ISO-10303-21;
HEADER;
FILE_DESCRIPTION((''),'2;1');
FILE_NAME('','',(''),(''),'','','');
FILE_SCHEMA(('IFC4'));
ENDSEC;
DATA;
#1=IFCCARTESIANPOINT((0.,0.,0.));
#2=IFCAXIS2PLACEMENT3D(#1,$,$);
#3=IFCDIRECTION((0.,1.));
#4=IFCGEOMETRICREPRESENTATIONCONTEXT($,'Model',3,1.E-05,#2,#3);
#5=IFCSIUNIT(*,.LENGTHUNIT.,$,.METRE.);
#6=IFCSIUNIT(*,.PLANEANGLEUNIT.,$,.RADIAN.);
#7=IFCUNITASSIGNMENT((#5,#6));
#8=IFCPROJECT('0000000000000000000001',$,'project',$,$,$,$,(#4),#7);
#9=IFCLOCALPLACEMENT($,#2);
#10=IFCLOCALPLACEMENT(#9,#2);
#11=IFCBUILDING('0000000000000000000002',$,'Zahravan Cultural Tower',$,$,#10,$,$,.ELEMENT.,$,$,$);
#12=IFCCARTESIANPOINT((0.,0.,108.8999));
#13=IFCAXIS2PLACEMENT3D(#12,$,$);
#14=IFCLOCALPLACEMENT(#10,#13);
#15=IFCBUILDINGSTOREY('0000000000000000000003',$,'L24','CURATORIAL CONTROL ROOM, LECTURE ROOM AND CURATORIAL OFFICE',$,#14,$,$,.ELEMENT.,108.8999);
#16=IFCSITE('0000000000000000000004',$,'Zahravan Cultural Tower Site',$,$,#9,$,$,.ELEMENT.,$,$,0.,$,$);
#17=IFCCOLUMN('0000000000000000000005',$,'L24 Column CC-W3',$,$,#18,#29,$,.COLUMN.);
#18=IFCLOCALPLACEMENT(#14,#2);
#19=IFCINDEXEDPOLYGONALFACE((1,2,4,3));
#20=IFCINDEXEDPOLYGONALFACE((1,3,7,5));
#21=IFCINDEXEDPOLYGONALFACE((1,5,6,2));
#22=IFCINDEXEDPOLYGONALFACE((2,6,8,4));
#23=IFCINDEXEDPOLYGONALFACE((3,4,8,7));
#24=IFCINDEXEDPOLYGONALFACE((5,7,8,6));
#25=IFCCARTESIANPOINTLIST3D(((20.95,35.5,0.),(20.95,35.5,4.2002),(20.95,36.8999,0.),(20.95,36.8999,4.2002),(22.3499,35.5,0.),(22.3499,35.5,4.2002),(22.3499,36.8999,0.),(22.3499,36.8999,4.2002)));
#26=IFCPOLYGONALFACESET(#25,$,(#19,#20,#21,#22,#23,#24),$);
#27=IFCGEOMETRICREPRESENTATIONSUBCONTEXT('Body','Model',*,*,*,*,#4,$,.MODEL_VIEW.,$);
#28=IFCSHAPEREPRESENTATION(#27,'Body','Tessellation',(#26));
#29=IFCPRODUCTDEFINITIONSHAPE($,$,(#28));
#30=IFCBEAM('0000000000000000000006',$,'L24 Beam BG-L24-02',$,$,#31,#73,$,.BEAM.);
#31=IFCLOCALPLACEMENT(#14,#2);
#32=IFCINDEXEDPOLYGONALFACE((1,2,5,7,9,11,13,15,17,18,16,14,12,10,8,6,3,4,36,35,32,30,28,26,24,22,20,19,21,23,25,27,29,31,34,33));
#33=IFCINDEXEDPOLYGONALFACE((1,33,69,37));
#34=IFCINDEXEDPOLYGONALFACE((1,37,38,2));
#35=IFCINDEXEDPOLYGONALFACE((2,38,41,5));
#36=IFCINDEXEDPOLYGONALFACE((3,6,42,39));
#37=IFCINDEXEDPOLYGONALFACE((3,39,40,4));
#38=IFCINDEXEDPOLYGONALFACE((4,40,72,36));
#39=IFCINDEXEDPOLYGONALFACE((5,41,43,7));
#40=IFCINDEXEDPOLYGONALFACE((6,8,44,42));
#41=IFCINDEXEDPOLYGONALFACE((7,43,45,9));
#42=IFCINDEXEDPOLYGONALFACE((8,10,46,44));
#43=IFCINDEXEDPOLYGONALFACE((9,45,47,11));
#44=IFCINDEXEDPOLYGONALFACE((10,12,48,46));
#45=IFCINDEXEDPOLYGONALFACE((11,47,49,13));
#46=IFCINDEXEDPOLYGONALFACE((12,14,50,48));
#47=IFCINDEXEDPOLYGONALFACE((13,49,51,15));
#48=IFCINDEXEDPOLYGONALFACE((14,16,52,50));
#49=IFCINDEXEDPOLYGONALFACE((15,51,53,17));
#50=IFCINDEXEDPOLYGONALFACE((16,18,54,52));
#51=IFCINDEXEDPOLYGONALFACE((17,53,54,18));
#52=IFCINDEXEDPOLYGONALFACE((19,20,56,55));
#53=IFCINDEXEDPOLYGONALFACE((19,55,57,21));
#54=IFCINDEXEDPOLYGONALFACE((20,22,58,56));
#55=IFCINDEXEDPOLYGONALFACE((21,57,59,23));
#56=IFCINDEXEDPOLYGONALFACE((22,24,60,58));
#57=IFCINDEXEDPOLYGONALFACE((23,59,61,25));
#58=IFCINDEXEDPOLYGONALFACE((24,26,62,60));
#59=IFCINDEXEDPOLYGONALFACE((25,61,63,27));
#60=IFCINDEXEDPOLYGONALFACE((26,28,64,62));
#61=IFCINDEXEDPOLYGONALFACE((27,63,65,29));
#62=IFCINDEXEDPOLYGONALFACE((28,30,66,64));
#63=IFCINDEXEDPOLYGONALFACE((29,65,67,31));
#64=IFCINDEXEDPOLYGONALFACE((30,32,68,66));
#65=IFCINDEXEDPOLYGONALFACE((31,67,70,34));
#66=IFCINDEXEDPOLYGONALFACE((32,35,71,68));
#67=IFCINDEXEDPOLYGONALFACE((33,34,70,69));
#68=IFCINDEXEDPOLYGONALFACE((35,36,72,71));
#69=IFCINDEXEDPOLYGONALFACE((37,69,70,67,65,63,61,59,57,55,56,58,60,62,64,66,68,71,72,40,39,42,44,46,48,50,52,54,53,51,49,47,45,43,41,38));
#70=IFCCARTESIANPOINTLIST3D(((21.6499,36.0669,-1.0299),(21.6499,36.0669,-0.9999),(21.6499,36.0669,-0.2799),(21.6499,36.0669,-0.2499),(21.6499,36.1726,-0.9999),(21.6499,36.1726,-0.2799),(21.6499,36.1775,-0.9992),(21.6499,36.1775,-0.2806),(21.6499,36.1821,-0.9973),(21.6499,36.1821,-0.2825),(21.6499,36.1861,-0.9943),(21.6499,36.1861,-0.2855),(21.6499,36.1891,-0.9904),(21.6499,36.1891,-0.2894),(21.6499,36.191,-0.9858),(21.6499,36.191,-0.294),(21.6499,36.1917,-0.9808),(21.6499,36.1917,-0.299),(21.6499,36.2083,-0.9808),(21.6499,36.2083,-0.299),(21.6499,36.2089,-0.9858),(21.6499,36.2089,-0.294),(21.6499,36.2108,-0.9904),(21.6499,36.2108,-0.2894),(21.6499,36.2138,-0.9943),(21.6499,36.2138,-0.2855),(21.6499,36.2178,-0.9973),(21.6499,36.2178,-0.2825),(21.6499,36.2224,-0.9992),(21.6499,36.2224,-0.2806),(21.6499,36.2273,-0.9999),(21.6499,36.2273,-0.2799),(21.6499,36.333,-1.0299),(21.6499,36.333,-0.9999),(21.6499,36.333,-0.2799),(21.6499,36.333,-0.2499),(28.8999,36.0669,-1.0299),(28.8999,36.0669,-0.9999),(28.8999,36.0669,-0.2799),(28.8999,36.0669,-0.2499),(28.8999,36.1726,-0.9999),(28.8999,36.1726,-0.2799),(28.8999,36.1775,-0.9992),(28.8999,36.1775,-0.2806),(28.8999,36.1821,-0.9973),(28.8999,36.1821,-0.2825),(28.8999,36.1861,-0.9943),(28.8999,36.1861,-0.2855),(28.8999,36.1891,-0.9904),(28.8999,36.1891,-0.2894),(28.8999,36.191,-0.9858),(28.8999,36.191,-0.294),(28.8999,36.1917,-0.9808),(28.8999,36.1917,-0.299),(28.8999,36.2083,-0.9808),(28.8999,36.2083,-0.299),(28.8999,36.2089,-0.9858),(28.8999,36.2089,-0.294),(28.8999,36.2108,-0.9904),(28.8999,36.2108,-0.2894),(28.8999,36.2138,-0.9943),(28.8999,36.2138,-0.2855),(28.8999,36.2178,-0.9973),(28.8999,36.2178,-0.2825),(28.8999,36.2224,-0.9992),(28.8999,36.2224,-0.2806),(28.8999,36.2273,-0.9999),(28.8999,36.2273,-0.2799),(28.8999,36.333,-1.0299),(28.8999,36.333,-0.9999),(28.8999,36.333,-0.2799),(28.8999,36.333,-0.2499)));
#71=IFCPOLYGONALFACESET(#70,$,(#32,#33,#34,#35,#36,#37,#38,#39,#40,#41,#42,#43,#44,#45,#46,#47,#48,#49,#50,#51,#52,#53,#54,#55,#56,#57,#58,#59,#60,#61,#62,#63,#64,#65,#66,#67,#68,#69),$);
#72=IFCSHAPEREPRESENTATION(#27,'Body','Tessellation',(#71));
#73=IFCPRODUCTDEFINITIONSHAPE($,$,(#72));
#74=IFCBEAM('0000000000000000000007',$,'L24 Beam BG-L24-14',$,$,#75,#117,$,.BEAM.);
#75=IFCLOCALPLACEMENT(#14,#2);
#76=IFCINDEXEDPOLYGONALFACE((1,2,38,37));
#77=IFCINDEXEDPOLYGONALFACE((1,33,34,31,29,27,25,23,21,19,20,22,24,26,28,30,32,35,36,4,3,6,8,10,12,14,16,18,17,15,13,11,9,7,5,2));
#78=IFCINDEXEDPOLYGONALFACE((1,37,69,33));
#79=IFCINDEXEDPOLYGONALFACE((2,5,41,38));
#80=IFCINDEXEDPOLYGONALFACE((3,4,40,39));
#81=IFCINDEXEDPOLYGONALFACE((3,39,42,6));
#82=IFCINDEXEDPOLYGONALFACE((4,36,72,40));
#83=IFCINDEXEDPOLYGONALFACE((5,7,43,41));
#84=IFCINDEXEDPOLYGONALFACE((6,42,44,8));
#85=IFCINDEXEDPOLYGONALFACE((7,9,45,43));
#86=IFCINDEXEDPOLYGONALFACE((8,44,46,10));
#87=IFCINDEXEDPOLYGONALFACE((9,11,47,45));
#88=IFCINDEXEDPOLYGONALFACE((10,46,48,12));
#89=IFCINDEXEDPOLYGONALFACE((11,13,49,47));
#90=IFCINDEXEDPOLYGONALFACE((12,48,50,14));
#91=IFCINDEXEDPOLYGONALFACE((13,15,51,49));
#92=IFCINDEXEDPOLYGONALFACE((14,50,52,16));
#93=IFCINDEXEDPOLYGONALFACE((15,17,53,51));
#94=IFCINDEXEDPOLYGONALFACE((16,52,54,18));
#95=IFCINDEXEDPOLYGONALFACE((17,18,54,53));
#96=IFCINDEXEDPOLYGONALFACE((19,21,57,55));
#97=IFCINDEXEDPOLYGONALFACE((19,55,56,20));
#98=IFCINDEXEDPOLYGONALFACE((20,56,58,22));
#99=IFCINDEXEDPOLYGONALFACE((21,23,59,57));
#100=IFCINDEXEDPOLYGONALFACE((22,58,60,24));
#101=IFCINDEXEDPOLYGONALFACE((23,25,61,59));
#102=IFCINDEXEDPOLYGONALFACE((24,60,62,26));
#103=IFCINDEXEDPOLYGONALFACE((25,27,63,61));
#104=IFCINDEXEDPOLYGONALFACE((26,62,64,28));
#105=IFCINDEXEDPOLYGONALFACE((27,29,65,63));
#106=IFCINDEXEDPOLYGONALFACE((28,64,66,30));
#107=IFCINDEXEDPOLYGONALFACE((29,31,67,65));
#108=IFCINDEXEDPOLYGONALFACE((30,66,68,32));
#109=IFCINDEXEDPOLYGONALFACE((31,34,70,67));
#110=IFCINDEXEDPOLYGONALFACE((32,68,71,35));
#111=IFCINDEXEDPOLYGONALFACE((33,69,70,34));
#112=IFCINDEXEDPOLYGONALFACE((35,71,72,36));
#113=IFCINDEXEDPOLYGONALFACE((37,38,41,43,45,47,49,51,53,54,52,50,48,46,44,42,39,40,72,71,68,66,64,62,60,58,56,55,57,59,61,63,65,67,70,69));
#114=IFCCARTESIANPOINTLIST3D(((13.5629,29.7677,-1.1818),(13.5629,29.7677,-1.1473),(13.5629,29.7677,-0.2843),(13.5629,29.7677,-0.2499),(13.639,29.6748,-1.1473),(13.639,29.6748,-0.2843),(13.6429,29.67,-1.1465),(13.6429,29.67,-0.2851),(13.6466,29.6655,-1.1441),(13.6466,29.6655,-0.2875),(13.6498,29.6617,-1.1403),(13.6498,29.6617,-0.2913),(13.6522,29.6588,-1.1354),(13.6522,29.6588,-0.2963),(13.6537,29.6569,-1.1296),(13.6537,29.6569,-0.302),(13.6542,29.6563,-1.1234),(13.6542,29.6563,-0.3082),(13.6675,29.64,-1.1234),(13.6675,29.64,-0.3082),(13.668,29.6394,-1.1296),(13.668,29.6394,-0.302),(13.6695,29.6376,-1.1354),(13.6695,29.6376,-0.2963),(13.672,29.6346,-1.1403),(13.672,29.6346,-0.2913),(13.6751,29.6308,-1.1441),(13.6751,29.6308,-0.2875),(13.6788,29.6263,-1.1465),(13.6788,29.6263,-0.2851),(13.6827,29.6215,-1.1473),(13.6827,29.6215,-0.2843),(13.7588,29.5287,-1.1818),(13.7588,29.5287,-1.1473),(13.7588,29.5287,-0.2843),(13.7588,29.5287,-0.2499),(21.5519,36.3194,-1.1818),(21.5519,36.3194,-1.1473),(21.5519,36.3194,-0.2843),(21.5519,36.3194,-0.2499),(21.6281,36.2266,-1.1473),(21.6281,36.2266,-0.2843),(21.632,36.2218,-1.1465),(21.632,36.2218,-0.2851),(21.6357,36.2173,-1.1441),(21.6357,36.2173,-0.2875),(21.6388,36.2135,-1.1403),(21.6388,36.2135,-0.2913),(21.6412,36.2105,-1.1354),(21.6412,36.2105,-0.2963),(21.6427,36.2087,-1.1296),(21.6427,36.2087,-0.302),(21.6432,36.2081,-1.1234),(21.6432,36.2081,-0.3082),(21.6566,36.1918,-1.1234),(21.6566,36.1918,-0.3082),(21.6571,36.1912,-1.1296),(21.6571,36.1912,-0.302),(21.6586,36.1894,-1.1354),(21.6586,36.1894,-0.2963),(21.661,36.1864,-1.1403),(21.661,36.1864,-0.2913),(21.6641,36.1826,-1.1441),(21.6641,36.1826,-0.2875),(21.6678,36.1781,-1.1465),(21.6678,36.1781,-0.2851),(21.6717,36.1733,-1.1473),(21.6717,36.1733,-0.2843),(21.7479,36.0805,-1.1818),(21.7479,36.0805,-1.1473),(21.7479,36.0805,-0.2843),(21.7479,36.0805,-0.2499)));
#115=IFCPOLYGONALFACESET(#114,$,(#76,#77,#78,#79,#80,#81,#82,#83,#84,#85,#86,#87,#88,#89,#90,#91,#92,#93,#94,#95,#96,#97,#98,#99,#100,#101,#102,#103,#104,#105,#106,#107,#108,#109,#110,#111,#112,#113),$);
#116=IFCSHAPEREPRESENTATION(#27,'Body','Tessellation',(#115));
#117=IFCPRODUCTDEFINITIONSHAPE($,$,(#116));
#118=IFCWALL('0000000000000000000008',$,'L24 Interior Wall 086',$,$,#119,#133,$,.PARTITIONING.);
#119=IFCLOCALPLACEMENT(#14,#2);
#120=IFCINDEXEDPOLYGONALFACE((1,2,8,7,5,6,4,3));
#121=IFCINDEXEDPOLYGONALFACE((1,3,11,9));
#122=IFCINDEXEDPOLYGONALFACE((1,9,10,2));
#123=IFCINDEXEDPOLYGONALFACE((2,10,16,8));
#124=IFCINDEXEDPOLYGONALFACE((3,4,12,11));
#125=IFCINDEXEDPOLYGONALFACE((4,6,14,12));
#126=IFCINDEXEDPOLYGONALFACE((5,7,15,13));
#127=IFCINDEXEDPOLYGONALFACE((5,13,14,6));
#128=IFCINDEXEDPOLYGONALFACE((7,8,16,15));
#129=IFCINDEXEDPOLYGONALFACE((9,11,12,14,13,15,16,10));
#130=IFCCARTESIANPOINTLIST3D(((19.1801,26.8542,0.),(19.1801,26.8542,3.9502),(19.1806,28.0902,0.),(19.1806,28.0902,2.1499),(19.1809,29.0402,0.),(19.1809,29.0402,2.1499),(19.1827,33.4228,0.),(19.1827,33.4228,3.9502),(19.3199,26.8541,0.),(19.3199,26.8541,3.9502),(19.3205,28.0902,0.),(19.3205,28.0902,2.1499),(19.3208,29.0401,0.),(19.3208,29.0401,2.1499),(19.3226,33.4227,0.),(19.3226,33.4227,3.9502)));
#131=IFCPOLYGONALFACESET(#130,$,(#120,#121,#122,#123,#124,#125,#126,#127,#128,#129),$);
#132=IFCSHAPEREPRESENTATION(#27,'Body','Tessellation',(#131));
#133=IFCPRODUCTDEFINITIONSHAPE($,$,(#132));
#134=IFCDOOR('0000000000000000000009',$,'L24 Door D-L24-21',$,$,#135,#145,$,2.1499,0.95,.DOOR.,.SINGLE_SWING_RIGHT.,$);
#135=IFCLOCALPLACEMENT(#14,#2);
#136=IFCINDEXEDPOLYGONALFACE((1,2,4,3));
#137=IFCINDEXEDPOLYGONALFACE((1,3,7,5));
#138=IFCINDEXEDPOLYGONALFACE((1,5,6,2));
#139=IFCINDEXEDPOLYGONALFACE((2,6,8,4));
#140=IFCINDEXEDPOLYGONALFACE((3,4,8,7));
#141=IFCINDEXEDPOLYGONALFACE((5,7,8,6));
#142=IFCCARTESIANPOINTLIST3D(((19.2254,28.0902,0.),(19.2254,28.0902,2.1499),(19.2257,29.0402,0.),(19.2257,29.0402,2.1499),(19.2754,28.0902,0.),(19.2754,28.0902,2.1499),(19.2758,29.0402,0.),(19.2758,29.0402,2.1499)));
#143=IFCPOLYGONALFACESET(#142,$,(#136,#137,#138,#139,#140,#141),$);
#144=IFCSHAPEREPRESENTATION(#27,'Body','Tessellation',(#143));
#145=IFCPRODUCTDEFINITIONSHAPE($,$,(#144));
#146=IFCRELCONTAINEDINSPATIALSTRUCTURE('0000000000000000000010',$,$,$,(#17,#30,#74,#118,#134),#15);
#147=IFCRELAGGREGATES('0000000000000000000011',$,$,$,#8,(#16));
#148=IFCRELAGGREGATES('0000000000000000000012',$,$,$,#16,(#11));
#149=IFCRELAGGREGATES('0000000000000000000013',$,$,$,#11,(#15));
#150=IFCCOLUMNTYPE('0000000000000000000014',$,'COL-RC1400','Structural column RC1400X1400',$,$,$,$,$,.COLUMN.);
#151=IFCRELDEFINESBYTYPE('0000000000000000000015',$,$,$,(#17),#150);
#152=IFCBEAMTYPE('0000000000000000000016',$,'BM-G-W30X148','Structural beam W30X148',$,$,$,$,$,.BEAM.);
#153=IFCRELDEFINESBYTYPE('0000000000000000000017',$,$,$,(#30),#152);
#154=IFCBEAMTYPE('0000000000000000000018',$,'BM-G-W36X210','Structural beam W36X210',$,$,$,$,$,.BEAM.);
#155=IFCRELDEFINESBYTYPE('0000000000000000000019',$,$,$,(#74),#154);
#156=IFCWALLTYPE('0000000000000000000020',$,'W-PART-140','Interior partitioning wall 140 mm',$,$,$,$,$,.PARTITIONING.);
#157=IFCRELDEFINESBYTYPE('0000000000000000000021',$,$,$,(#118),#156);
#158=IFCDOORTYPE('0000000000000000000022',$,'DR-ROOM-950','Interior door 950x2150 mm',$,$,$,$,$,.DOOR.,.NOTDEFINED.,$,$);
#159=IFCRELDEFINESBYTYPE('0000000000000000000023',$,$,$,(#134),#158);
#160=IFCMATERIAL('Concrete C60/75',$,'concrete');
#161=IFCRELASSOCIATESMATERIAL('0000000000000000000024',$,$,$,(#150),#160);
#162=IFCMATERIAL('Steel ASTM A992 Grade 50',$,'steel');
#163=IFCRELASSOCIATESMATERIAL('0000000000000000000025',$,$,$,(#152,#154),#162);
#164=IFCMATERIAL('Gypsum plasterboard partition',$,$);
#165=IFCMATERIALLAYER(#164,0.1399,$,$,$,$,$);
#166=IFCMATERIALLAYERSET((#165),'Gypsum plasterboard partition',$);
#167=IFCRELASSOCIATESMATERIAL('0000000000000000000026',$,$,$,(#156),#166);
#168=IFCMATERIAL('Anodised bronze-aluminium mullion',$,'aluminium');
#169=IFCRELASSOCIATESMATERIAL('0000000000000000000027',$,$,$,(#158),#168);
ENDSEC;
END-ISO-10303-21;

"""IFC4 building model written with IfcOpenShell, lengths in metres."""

from ifc_helpers import new_model, si_unit, direction, frame, frame_2d, origin, origin_2d, place, context, subcontext, project, spatial, rectangle, i_section, extrude, source, transform, mapped, material, layer, layer_set, material_profile, profile_set, type_object, element, fill, save


model = new_model("IFC4")

# Units and contexts
model_context = context("Model", 3, precision=1e-05, world=origin(), true_north=direction((0.0, 1.0)))
body_context = subcontext(model_context, "Body", "Model", "MODEL_VIEW")
ifc_project = project(units=[si_unit("LENGTHUNIT", "METRE"), si_unit("PLANEANGLEUNIT", "RADIAN")], contexts=[model_context])

# Site, building, storey
site_placement = place(None, origin())
site = spatial("IfcSite", under=ifc_project, at=site_placement, Name="Zahravan Cultural Tower Site", CompositionType="ELEMENT", RefElevation=0.0)
building_placement = place(site_placement, origin())
building = spatial("IfcBuilding", under=site, at=building_placement, Name="Zahravan Cultural Tower", CompositionType="ELEMENT")
storey_placement = place(building_placement, frame((0.0, 0.0, 108.8999)))
storey = spatial("IfcBuildingStorey", under=building, at=storey_placement, Name="L24", Description="CURATORIAL CONTROL ROOM, LECTURE ROOM AND CURATORIAL OFFICE", CompositionType="ELEMENT", Elevation=108.8999)

# Column
ifc_material_1 = material(Name="Concrete C60/75", Category="concrete")
ifc_material_profile_1 = material_profile(ifc_material_1, rectangle(XDim=1.3999, YDim=1.3999, at=origin_2d()), Name="RC1400X1400")
ifc_profile_set_1 = profile_set([ifc_material_profile_1], Name="Concrete C60/75")
column_type = type_object("IfcColumnType", Name="COL-RC1400", Description="Structural column RC1400X1400", PredefinedType="COLUMN", material=ifc_profile_set_1)
shared_shape_1 = source(origin(), body_context, "Body", "SweptSolid", [
    extrude(rectangle(XDim=1.3999, YDim=1.3999, at=origin_2d()), origin(), (0.0, 0.0, 1.0), 4.2002),
])
column_placement = place(storey_placement, frame((21.6499, 36.2, 0.0), z_axis=(0.0, 0.0, 1.0), x_axis=(1.0, 0.0, 0.0)))
element("IfcColumn", 1, at=column_placement, inside=storey, type_object=column_type, Name="L24 Column CC-W3", PredefinedType="COLUMN", context=body_context, shape_type="MappedRepresentation", body=[
    mapped(shared_shape_1, transform((0.0, 0.0, 0.0), x_axis=(1.0, 0.0, 0.0), y_axis=(0.0, 1.0, 0.0), z_axis=(0.0, 0.0, 1.0), scale=1.0)),
])

# Beams
ifc_material_2 = material(Name="Steel ASTM A992 Grade 50", Category="steel")
ifc_material_profile_2 = material_profile(ifc_material_2, i_section(OverallWidth=0.2661, OverallDepth=0.78, WebThickness=0.0166, FlangeThickness=0.03, FilletRadius=0.019, at=origin_2d()), Name="W30X148")
ifc_profile_set_2 = profile_set([ifc_material_profile_2], Name="Steel ASTM A992 Grade 50")
beam_type_1 = type_object("IfcBeamType", Name="BM-G-W30X148", Description="Structural beam W30X148", PredefinedType="BEAM", material=ifc_profile_set_2)
shared_shape_2 = source(origin(), body_context, "Body", "SweptSolid", [
    extrude(i_section(OverallWidth=0.2661, OverallDepth=0.78, WebThickness=0.0166, FlangeThickness=0.03, FilletRadius=0.019, at=origin_2d()), origin(), (0.0, 0.0, 1.0), 7.25),
])
beam_1_placement = place(storey_placement, frame((21.6499, 36.2, -0.6399), z_axis=(1.0, 0.0, 0.0), x_axis=(0.0, 1.0, 0.0)))
element("IfcBeam", 2, at=beam_1_placement, inside=storey, type_object=beam_type_1, Name="L24 Beam BG-L24-02", PredefinedType="BEAM", context=body_context, shape_type="MappedRepresentation", body=[
    mapped(shared_shape_2, transform((0.0, 0.0, 0.0), x_axis=(1.0, 0.0, 0.0), y_axis=(0.0, 1.0, 0.0), z_axis=(0.0, 0.0, 1.0), scale=1.0)),
])
ifc_material_profile_3 = material_profile(ifc_material_2, i_section(OverallWidth=0.3091, OverallDepth=0.9319, WebThickness=0.021, FlangeThickness=0.0344, FilletRadius=0.0239, at=origin_2d()), Name="W36X210")
ifc_profile_set_3 = profile_set([ifc_material_profile_3], Name="Steel ASTM A992 Grade 50")
beam_type_2 = type_object("IfcBeamType", Name="BM-G-W36X210", Description="Structural beam W36X210", PredefinedType="BEAM", material=ifc_profile_set_3)
shared_shape_3 = source(origin(), body_context, "Body", "SweptSolid", [
    extrude(i_section(OverallWidth=0.3091, OverallDepth=0.9319, WebThickness=0.021, FlangeThickness=0.0344, FilletRadius=0.0239, at=origin_2d()), origin(), (0.0, 0.0, 1.0), 10.332),
])
beam_2_placement = place(storey_placement, frame((21.6499, 36.2, -0.7158), z_axis=(-0.773231, -0.634124, 0.0), x_axis=(0.634124, -0.773231, 0.0)))
element("IfcBeam", 3, at=beam_2_placement, inside=storey, type_object=beam_type_2, Name="L24 Beam BG-L24-14", PredefinedType="BEAM", context=body_context, shape_type="MappedRepresentation", body=[
    mapped(shared_shape_3, transform((0.0, 0.0, 0.0), x_axis=(1.0, 0.0, 0.0), y_axis=(0.0, 1.0, 0.0), z_axis=(0.0, 0.0, 1.0), scale=1.0)),
])

# Wall, opening, door
ifc_material_3 = material(Name="Gypsum plasterboard partition")
ifc_layer_1 = layer(ifc_material_3, 0.1399)
ifc_layer_set_1 = layer_set([ifc_layer_1], Name="Gypsum plasterboard partition")
wall_type_1 = type_object("IfcWallType", Name="W-PART-140", Description="Interior partitioning wall 140 mm", PredefinedType="PARTITIONING", material=ifc_layer_set_1)
wall_1_placement = place(storey_placement, frame((19.2527, 33.4226, 0.0), z_axis=(0.0, 0.0, 1.0), x_axis=(-0.000409, -1.0, 0.0)))
wall_1 = element("IfcWall", 4, at=wall_1_placement, inside=storey, type_object=wall_type_1, Name="L24 Interior Wall 086", PredefinedType="PARTITIONING", context=body_context, shape_type="SweptSolid", body=[
    extrude(rectangle(XDim=6.5686, YDim=0.1399, at=frame_2d((3.2842, 0.0))), origin(), (0.0, 0.0, 1.0), 3.9502),
])
opening_1_placement = place(wall_1_placement, frame((4.3823, 0.0, 0.0)))
opening_1 = element("IfcOpeningElement", 5, at=opening_1_placement, cuts=wall_1, PredefinedType="OPENING", context=body_context, shape_type="SweptSolid", body=[
    extrude(rectangle(XDim=0.95, YDim=2.1499, at=frame_2d((0.4751, 1.075))), frame((0.0, 0.0798, 0.0), z_axis=(0.0, -1.0, 0.0), x_axis=(1.0, 0.0, 0.0)), (0.0, 0.0, 1.0), 0.1599),
])
ifc_material_4 = material(Name="Anodised bronze-aluminium mullion", Category="aluminium")
door_type_1 = type_object("IfcDoorType", Name="DR-ROOM-950", Description="Interior door 950x2150 mm", OperationType="NOTDEFINED", PredefinedType="DOOR", material=ifc_material_4)
shared_shape_4 = source(origin(), body_context, "Body", "SweptSolid", [
    extrude(rectangle(XDim=0.95, YDim=2.1499, at=frame_2d((0.4751, 1.075))), frame((0.0, 0.0249, 0.0), z_axis=(0.0, -1.0, 0.0), x_axis=(1.0, 0.0, 0.0)), (0.0, 0.0, 1.0), 0.05),
])
door_1_placement = place(opening_1_placement, origin())
door_1 = element("IfcDoor", 6, at=door_1_placement, inside=storey, type_object=door_type_1, Name="L24 Door D-L24-21", OperationType="SINGLE_SWING_RIGHT", OverallHeight=2.1499, OverallWidth=0.95, PredefinedType="DOOR", context=body_context, shape_type="MappedRepresentation", body=[
    mapped(shared_shape_4, transform((0.0, 0.0, 0.0), x_axis=(1.0, 0.0, 0.0), y_axis=(0.0, 1.0, 0.0), z_axis=(0.0, 0.0, 1.0), scale=1.0)),
])
fill(opening_1, door_1)

save(model, "model.ifc")
